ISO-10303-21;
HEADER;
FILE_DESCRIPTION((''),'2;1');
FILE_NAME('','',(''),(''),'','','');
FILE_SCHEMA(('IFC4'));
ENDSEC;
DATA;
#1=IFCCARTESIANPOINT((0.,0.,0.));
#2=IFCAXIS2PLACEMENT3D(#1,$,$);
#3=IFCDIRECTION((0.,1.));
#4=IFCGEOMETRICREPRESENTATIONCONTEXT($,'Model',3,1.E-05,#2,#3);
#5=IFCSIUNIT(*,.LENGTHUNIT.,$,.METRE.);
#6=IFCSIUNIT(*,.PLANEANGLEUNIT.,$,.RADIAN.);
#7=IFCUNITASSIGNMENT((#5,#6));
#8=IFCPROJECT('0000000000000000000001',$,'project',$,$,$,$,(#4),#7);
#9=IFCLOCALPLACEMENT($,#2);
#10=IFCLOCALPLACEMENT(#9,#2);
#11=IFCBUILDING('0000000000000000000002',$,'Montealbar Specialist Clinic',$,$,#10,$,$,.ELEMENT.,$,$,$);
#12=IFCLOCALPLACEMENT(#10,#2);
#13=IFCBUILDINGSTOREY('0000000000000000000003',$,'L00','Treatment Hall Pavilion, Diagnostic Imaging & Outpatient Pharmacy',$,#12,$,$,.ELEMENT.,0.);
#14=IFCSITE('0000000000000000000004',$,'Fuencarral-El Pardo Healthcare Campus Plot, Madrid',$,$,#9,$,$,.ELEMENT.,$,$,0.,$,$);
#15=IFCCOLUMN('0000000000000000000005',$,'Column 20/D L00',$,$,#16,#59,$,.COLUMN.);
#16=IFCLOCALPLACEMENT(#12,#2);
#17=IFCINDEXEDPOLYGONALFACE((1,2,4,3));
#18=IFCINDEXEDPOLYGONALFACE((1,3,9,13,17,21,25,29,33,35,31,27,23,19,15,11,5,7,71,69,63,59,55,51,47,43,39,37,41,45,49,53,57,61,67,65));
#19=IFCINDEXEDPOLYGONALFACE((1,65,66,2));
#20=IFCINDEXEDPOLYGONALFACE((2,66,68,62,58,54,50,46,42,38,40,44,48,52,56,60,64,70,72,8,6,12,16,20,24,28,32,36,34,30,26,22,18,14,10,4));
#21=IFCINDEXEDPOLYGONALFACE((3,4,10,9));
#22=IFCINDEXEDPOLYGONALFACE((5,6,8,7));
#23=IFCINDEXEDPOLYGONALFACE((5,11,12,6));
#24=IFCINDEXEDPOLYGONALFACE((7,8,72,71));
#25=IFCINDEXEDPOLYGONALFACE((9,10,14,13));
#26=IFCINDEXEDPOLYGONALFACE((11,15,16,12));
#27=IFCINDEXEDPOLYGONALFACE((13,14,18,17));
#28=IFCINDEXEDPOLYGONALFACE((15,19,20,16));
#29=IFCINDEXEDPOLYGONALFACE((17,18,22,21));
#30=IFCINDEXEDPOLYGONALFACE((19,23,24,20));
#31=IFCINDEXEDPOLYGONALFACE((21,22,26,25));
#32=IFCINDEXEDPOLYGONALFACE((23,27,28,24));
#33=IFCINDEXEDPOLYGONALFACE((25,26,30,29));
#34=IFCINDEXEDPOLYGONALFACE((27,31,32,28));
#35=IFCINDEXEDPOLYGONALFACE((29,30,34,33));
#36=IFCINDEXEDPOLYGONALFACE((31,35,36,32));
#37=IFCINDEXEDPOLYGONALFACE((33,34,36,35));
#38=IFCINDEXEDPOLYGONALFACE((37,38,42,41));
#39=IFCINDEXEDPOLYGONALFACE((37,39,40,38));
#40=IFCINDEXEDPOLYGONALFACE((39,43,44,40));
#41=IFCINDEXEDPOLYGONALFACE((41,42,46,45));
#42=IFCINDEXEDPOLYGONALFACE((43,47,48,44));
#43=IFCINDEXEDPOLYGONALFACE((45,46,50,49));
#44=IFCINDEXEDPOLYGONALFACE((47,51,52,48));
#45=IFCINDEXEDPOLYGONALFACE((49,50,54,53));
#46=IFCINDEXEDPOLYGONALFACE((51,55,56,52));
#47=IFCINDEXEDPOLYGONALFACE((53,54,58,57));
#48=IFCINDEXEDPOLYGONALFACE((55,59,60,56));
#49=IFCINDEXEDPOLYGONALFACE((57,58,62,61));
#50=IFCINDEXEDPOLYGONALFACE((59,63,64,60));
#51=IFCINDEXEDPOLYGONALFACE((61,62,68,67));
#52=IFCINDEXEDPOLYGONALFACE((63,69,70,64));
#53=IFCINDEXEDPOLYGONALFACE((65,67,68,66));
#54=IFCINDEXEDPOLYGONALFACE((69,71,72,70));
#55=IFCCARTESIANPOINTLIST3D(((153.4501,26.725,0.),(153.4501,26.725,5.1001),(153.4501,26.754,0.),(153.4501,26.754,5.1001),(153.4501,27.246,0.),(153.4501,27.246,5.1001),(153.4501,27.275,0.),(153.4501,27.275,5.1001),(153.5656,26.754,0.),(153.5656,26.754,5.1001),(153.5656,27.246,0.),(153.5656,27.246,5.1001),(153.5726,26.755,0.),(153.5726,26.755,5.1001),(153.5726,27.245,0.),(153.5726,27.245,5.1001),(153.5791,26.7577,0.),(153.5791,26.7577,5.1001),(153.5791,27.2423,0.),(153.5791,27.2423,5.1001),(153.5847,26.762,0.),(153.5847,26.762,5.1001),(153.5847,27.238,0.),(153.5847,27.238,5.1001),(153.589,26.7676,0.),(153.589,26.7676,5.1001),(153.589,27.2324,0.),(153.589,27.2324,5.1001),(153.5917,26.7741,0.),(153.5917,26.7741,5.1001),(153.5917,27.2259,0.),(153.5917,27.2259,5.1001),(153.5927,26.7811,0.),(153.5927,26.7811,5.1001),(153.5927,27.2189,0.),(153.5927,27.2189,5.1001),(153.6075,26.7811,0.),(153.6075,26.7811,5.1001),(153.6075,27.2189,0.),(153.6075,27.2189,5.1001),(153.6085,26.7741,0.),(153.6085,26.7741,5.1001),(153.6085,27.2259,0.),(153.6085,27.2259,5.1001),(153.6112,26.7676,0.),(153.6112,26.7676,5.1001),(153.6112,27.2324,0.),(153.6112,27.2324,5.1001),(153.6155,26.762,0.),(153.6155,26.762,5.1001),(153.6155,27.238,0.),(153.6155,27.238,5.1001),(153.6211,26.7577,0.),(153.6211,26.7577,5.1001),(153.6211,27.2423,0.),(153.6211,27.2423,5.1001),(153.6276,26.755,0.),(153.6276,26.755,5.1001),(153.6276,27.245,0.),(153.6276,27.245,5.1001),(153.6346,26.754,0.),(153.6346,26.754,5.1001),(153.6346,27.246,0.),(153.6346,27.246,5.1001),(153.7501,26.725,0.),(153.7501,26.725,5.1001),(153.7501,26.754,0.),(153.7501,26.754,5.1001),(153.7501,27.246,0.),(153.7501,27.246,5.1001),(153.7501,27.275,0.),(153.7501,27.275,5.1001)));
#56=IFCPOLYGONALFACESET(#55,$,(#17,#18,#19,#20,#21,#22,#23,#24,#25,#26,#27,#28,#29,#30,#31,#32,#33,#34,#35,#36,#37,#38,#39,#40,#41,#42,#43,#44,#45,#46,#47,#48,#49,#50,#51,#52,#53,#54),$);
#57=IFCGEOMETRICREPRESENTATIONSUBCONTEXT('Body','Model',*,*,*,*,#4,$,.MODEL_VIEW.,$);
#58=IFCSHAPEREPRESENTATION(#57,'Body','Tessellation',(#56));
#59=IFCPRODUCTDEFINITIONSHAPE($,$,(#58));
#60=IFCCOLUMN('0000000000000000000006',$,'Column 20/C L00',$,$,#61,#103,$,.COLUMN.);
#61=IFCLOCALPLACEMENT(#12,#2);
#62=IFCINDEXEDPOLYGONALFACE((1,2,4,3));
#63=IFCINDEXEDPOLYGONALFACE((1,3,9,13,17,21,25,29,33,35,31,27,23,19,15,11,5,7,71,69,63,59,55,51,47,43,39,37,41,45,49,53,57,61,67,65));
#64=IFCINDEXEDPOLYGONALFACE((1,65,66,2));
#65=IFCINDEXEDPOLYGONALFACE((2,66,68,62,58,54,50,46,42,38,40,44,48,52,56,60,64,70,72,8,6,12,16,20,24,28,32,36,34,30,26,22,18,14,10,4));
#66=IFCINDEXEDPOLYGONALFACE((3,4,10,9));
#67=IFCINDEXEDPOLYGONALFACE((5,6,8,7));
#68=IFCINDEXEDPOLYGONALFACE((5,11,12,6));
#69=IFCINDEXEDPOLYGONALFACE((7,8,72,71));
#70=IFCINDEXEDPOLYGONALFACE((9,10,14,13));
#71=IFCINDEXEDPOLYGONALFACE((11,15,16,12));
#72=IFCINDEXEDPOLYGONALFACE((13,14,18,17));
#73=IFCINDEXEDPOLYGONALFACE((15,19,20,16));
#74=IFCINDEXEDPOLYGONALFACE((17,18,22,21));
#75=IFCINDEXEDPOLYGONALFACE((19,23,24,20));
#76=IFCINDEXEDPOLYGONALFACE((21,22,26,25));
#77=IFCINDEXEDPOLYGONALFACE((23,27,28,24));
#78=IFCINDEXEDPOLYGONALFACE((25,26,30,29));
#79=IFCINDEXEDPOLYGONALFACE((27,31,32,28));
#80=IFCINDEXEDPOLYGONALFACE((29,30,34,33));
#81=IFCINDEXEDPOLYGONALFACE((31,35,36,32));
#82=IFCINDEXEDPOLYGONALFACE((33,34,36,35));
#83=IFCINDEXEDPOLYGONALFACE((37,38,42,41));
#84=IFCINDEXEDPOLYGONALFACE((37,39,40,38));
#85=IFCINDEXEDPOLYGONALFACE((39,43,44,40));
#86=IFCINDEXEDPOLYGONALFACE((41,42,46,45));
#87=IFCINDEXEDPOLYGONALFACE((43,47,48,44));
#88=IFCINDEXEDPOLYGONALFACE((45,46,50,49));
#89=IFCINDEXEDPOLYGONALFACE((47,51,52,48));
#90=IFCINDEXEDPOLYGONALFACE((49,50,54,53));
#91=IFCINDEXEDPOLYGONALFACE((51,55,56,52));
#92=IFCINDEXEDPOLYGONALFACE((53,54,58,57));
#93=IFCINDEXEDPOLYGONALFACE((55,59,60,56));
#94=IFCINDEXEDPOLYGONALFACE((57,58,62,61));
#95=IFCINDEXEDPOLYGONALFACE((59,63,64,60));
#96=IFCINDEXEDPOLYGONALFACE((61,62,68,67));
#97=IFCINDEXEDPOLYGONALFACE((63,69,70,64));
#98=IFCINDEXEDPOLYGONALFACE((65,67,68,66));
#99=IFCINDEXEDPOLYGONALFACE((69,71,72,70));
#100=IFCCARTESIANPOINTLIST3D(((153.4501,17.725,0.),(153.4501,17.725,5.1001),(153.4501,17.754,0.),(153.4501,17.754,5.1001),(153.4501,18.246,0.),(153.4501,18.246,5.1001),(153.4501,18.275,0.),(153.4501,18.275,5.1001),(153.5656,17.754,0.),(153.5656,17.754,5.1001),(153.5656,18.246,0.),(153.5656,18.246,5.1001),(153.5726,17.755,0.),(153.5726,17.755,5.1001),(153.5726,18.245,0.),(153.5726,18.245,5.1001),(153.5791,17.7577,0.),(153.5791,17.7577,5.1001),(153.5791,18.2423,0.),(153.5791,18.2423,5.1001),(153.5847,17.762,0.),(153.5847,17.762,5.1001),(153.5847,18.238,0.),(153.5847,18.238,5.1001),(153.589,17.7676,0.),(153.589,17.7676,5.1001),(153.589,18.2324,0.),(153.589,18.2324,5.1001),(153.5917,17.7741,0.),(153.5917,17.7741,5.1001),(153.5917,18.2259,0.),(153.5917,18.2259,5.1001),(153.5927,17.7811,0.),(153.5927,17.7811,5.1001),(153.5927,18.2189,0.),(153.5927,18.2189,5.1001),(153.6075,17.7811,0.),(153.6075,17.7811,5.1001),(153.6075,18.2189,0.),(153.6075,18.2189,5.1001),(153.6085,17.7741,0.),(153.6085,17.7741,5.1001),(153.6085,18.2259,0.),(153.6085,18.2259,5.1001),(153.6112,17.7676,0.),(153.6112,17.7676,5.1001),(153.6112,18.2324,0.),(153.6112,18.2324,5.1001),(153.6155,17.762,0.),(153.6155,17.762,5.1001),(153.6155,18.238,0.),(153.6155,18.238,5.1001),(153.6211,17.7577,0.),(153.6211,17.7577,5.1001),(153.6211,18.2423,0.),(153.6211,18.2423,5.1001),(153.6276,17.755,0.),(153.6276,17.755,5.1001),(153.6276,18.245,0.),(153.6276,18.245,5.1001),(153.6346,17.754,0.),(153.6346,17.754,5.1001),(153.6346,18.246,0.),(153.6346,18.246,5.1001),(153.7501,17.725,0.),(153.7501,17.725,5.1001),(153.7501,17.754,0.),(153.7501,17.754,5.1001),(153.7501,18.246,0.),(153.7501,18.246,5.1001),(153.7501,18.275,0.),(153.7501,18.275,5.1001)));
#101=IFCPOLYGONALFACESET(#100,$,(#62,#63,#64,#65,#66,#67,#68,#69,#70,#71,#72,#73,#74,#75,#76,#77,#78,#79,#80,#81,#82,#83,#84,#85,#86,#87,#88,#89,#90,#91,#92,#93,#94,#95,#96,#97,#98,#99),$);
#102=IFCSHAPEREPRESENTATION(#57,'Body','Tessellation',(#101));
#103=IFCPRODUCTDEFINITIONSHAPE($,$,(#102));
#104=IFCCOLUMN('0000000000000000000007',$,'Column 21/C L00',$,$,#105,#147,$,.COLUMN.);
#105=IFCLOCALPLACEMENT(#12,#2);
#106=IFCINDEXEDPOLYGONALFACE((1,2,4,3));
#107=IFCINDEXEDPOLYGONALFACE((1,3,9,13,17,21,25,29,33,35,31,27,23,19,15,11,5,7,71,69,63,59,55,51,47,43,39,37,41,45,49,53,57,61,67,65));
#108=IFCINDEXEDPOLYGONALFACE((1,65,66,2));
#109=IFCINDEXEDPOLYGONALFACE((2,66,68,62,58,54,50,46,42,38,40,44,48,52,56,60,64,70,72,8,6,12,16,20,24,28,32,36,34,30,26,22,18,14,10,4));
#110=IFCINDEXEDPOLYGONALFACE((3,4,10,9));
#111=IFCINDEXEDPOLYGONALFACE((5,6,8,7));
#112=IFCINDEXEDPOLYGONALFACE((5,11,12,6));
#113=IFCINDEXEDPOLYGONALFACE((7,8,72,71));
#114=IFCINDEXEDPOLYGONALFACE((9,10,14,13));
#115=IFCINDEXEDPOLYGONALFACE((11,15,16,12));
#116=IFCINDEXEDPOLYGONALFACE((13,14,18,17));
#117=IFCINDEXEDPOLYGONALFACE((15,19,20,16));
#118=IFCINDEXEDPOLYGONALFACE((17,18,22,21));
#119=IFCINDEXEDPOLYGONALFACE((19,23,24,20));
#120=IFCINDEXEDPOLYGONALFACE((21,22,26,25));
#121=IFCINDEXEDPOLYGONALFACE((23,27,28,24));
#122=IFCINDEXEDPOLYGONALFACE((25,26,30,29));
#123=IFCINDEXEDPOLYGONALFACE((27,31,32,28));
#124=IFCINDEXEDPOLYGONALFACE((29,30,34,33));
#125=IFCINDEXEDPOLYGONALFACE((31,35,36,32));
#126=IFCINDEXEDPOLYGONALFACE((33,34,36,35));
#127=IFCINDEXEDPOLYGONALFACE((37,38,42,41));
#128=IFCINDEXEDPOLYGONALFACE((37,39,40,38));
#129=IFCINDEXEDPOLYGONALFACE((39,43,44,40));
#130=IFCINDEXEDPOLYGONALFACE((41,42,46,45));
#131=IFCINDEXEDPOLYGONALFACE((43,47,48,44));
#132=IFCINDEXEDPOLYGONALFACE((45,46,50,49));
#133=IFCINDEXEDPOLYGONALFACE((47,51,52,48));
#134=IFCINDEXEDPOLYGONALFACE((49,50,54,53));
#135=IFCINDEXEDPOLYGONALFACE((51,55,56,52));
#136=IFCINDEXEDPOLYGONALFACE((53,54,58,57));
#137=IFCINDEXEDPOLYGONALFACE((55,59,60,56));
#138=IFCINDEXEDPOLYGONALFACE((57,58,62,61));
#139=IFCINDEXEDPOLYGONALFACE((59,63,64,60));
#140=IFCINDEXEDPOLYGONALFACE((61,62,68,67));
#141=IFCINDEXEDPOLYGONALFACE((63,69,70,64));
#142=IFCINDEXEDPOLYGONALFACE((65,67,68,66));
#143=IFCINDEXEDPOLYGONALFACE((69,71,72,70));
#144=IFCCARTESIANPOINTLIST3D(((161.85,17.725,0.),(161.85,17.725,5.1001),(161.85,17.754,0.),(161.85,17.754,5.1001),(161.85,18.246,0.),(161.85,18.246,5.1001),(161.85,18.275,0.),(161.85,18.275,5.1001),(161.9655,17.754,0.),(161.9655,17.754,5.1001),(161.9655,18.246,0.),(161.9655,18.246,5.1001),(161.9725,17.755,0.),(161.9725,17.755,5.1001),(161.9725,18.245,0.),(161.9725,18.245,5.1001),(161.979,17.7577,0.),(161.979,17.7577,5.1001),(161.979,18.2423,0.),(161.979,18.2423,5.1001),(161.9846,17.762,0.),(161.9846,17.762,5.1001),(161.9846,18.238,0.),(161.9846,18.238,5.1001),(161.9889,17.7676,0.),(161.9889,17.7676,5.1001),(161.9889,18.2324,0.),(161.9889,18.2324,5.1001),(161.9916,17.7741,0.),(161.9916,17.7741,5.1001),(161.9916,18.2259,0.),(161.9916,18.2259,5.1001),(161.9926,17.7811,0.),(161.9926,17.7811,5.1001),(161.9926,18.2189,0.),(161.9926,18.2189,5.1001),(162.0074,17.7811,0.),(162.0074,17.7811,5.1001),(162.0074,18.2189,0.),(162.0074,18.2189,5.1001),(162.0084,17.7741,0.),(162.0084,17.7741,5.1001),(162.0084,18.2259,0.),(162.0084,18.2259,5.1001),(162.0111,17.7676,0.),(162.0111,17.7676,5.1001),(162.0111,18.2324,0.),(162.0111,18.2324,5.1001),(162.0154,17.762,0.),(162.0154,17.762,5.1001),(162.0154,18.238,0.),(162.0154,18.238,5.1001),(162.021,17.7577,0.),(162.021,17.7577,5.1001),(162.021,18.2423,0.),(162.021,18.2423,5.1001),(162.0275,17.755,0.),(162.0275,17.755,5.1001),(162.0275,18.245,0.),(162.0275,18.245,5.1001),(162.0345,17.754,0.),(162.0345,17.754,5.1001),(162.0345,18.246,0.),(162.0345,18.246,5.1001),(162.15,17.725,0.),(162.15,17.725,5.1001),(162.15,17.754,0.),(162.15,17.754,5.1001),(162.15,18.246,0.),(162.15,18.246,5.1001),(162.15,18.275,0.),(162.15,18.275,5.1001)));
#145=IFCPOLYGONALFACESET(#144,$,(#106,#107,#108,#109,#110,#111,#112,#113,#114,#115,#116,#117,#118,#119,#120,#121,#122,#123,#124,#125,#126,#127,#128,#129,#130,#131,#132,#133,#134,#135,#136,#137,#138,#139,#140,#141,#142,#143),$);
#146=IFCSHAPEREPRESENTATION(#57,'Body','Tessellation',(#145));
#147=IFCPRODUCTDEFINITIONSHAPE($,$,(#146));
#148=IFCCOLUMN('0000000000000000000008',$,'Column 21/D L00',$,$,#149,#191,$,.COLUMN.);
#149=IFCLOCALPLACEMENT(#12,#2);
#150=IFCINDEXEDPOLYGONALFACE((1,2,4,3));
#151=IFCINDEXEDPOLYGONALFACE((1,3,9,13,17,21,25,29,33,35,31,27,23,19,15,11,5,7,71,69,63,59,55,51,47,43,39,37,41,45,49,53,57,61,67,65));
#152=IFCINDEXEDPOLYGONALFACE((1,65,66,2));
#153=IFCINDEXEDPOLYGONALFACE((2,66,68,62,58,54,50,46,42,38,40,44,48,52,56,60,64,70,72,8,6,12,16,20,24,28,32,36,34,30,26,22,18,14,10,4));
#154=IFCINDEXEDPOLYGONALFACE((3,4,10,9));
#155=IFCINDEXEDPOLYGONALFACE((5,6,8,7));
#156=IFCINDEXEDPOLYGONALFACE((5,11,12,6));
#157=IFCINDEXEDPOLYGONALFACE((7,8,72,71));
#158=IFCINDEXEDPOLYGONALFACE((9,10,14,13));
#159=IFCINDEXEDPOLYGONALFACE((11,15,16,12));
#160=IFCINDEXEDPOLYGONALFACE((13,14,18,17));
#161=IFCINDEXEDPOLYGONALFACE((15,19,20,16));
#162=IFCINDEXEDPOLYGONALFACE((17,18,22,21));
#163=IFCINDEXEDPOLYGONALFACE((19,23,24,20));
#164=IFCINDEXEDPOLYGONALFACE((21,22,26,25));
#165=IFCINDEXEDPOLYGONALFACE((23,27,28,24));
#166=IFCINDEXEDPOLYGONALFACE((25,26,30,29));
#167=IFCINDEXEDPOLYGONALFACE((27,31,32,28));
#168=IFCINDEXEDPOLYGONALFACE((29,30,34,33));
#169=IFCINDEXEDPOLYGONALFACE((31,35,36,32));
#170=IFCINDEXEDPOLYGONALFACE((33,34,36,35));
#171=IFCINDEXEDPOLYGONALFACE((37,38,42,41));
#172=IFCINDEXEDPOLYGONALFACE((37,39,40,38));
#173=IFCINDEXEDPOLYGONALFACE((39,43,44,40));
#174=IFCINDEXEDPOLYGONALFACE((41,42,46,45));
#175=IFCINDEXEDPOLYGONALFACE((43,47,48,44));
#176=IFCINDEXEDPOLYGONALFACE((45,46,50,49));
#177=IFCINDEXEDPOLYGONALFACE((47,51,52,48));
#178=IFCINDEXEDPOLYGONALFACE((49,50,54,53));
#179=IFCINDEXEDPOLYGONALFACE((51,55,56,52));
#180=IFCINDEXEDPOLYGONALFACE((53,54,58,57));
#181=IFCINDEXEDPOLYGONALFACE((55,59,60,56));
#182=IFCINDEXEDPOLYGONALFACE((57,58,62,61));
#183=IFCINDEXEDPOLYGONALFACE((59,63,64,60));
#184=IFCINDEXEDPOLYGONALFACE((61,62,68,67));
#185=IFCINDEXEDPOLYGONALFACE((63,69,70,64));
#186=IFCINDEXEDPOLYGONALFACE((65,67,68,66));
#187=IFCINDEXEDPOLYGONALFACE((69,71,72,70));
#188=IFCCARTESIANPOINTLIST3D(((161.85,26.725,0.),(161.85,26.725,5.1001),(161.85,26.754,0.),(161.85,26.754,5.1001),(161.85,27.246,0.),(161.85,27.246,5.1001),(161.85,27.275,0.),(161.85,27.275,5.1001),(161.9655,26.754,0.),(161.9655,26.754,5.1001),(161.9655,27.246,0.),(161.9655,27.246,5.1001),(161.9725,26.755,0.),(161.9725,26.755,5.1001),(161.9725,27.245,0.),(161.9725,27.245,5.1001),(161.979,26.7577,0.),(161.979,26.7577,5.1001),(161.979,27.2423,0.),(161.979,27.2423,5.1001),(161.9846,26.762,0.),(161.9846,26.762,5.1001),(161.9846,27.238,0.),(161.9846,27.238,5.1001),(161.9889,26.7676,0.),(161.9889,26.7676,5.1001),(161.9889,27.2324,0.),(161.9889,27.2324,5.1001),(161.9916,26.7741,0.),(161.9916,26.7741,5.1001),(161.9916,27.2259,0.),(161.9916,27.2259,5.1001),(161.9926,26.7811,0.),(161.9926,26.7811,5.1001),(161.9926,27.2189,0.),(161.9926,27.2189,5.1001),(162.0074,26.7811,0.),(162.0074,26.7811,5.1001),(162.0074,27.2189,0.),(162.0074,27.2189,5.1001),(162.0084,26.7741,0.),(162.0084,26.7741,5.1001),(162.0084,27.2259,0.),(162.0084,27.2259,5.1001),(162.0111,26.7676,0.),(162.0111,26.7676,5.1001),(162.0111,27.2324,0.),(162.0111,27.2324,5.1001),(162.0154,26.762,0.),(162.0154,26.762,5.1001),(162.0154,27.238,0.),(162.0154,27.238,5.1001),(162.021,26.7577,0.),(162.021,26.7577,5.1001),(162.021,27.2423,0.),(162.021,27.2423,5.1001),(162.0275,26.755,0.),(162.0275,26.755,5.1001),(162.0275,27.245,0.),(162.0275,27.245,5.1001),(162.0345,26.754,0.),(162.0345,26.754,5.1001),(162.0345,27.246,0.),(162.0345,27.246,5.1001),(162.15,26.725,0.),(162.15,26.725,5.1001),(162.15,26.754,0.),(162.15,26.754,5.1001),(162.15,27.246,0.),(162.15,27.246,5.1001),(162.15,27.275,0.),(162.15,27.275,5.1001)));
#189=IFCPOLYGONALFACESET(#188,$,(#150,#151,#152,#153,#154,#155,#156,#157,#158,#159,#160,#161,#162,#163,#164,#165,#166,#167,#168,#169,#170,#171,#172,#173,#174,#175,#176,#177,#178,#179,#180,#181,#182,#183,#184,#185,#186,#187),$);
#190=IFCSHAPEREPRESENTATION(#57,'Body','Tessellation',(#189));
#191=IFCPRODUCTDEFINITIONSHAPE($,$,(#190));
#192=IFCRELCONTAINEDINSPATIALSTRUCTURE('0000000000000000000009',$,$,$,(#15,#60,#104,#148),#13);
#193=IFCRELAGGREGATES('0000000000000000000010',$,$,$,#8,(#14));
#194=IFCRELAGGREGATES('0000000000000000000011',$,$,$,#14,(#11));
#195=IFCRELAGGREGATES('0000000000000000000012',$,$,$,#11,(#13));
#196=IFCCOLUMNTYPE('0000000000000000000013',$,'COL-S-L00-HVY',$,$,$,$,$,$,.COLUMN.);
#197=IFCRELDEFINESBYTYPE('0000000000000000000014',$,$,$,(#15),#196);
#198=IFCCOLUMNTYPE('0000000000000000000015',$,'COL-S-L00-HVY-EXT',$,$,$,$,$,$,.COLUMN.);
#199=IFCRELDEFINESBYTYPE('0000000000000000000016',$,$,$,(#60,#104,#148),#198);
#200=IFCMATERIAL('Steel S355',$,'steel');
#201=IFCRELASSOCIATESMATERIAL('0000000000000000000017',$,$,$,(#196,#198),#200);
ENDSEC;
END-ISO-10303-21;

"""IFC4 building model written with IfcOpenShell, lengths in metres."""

from ifc_helpers import new_model, si_unit, direction, frame, origin, origin_2d, place, context, subcontext, project, spatial, i_section, extrude, material, material_profile, profile_set, type_object, element, save


model = new_model("IFC4")

# Units and contexts
model_context = context("Model", 3, precision=1e-05, world=origin(), true_north=direction((0.0, 1.0)))
body_context = subcontext(model_context, "Body", "Model", "MODEL_VIEW")
ifc_project = project(units=[si_unit("LENGTHUNIT", "METRE"), si_unit("PLANEANGLEUNIT", "RADIAN")], contexts=[model_context])

# Site, building, storey
site_placement = place(None, origin())
site = spatial("IfcSite", under=ifc_project, at=site_placement, Name="Fuencarral-El Pardo Healthcare Campus Plot, Madrid", CompositionType="ELEMENT", RefElevation=0.0)
building_placement = place(site_placement, origin())
building = spatial("IfcBuilding", under=site, at=building_placement, Name="Montealbar Specialist Clinic", CompositionType="ELEMENT")
storey_placement = place(building_placement, origin())
storey = spatial("IfcBuildingStorey", under=building, at=storey_placement, Name="L00", Description="Treatment Hall Pavilion, Diagnostic Imaging & Outpatient Pharmacy", CompositionType="ELEMENT", Elevation=0.0)

# Columns
ifc_material_1 = material(Name="Steel S355", Category="steel")
ifc_material_profile_1 = material_profile(ifc_material_1, i_section(OverallWidth=0.3, OverallDepth=0.55, WebThickness=0.0149, FlangeThickness=0.0291, FilletRadius=0.0271, at=origin_2d()), Name="HEB 550", Category="steel")
ifc_profile_set_1 = profile_set([ifc_material_profile_1], Name="Steel S355")
column_type_1 = type_object("IfcColumnType", Name="COL-S-L00-HVY", PredefinedType="COLUMN", material=ifc_profile_set_1)
column_1_placement = place(storey_placement, frame((153.6001, 27.0, 0.0), z_axis=(0.0, 0.0, 1.0), x_axis=(1.0, 0.0, 0.0)))
element("IfcColumn", 1, at=column_1_placement, inside=storey, type_object=column_type_1, Name="Column 20/D L00", PredefinedType="COLUMN", context=body_context, shape_type="SweptSolid", body=[
    extrude(i_section(OverallWidth=0.3, OverallDepth=0.55, WebThickness=0.0149, FlangeThickness=0.0291, FilletRadius=0.0271, at=origin_2d()), origin(), (0.0, 0.0, 1.0), 5.1001),
])
ifc_material_profile_2 = material_profile(ifc_material_1, i_section(OverallWidth=0.3, OverallDepth=0.55, WebThickness=0.0149, FlangeThickness=0.0291, FilletRadius=0.0271, at=origin_2d()), Name="HEB 550", Category="steel")
ifc_profile_set_2 = profile_set([ifc_material_profile_2], Name="Steel S355")
column_type_2 = type_object("IfcColumnType", Name="COL-S-L00-HVY-EXT", PredefinedType="COLUMN", material=ifc_profile_set_2)
for number, where, z_axis, x_axis, name in (
    (2, (153.6001, 18.0, 0.0), (0.0, 0.0, 1.0), (1.0, 0.0, 0.0), "Column 20/C L00"),
    (3, (162.0, 18.0, 0.0), (0.0, 0.0, 1.0), (1.0, 0.0, 0.0), "Column 21/C L00"),
    (4, (162.0, 27.0, 0.0), (0.0, 0.0, 1.0), (1.0, 0.0, 0.0), "Column 21/D L00"),
):
    element("IfcColumn", number, at=place(storey_placement, frame(where, z_axis=z_axis, x_axis=x_axis)), inside=storey, type_object=column_type_2, Name=name, PredefinedType="COLUMN", context=body_context, shape_type="SweptSolid", body=[
        extrude(i_section(OverallWidth=0.3, OverallDepth=0.55, WebThickness=0.0149, FlangeThickness=0.0291, FilletRadius=0.0271, at=origin_2d()), origin(), (0.0, 0.0, 1.0), 5.1001),
    ])

save(model, "model.ifc")
